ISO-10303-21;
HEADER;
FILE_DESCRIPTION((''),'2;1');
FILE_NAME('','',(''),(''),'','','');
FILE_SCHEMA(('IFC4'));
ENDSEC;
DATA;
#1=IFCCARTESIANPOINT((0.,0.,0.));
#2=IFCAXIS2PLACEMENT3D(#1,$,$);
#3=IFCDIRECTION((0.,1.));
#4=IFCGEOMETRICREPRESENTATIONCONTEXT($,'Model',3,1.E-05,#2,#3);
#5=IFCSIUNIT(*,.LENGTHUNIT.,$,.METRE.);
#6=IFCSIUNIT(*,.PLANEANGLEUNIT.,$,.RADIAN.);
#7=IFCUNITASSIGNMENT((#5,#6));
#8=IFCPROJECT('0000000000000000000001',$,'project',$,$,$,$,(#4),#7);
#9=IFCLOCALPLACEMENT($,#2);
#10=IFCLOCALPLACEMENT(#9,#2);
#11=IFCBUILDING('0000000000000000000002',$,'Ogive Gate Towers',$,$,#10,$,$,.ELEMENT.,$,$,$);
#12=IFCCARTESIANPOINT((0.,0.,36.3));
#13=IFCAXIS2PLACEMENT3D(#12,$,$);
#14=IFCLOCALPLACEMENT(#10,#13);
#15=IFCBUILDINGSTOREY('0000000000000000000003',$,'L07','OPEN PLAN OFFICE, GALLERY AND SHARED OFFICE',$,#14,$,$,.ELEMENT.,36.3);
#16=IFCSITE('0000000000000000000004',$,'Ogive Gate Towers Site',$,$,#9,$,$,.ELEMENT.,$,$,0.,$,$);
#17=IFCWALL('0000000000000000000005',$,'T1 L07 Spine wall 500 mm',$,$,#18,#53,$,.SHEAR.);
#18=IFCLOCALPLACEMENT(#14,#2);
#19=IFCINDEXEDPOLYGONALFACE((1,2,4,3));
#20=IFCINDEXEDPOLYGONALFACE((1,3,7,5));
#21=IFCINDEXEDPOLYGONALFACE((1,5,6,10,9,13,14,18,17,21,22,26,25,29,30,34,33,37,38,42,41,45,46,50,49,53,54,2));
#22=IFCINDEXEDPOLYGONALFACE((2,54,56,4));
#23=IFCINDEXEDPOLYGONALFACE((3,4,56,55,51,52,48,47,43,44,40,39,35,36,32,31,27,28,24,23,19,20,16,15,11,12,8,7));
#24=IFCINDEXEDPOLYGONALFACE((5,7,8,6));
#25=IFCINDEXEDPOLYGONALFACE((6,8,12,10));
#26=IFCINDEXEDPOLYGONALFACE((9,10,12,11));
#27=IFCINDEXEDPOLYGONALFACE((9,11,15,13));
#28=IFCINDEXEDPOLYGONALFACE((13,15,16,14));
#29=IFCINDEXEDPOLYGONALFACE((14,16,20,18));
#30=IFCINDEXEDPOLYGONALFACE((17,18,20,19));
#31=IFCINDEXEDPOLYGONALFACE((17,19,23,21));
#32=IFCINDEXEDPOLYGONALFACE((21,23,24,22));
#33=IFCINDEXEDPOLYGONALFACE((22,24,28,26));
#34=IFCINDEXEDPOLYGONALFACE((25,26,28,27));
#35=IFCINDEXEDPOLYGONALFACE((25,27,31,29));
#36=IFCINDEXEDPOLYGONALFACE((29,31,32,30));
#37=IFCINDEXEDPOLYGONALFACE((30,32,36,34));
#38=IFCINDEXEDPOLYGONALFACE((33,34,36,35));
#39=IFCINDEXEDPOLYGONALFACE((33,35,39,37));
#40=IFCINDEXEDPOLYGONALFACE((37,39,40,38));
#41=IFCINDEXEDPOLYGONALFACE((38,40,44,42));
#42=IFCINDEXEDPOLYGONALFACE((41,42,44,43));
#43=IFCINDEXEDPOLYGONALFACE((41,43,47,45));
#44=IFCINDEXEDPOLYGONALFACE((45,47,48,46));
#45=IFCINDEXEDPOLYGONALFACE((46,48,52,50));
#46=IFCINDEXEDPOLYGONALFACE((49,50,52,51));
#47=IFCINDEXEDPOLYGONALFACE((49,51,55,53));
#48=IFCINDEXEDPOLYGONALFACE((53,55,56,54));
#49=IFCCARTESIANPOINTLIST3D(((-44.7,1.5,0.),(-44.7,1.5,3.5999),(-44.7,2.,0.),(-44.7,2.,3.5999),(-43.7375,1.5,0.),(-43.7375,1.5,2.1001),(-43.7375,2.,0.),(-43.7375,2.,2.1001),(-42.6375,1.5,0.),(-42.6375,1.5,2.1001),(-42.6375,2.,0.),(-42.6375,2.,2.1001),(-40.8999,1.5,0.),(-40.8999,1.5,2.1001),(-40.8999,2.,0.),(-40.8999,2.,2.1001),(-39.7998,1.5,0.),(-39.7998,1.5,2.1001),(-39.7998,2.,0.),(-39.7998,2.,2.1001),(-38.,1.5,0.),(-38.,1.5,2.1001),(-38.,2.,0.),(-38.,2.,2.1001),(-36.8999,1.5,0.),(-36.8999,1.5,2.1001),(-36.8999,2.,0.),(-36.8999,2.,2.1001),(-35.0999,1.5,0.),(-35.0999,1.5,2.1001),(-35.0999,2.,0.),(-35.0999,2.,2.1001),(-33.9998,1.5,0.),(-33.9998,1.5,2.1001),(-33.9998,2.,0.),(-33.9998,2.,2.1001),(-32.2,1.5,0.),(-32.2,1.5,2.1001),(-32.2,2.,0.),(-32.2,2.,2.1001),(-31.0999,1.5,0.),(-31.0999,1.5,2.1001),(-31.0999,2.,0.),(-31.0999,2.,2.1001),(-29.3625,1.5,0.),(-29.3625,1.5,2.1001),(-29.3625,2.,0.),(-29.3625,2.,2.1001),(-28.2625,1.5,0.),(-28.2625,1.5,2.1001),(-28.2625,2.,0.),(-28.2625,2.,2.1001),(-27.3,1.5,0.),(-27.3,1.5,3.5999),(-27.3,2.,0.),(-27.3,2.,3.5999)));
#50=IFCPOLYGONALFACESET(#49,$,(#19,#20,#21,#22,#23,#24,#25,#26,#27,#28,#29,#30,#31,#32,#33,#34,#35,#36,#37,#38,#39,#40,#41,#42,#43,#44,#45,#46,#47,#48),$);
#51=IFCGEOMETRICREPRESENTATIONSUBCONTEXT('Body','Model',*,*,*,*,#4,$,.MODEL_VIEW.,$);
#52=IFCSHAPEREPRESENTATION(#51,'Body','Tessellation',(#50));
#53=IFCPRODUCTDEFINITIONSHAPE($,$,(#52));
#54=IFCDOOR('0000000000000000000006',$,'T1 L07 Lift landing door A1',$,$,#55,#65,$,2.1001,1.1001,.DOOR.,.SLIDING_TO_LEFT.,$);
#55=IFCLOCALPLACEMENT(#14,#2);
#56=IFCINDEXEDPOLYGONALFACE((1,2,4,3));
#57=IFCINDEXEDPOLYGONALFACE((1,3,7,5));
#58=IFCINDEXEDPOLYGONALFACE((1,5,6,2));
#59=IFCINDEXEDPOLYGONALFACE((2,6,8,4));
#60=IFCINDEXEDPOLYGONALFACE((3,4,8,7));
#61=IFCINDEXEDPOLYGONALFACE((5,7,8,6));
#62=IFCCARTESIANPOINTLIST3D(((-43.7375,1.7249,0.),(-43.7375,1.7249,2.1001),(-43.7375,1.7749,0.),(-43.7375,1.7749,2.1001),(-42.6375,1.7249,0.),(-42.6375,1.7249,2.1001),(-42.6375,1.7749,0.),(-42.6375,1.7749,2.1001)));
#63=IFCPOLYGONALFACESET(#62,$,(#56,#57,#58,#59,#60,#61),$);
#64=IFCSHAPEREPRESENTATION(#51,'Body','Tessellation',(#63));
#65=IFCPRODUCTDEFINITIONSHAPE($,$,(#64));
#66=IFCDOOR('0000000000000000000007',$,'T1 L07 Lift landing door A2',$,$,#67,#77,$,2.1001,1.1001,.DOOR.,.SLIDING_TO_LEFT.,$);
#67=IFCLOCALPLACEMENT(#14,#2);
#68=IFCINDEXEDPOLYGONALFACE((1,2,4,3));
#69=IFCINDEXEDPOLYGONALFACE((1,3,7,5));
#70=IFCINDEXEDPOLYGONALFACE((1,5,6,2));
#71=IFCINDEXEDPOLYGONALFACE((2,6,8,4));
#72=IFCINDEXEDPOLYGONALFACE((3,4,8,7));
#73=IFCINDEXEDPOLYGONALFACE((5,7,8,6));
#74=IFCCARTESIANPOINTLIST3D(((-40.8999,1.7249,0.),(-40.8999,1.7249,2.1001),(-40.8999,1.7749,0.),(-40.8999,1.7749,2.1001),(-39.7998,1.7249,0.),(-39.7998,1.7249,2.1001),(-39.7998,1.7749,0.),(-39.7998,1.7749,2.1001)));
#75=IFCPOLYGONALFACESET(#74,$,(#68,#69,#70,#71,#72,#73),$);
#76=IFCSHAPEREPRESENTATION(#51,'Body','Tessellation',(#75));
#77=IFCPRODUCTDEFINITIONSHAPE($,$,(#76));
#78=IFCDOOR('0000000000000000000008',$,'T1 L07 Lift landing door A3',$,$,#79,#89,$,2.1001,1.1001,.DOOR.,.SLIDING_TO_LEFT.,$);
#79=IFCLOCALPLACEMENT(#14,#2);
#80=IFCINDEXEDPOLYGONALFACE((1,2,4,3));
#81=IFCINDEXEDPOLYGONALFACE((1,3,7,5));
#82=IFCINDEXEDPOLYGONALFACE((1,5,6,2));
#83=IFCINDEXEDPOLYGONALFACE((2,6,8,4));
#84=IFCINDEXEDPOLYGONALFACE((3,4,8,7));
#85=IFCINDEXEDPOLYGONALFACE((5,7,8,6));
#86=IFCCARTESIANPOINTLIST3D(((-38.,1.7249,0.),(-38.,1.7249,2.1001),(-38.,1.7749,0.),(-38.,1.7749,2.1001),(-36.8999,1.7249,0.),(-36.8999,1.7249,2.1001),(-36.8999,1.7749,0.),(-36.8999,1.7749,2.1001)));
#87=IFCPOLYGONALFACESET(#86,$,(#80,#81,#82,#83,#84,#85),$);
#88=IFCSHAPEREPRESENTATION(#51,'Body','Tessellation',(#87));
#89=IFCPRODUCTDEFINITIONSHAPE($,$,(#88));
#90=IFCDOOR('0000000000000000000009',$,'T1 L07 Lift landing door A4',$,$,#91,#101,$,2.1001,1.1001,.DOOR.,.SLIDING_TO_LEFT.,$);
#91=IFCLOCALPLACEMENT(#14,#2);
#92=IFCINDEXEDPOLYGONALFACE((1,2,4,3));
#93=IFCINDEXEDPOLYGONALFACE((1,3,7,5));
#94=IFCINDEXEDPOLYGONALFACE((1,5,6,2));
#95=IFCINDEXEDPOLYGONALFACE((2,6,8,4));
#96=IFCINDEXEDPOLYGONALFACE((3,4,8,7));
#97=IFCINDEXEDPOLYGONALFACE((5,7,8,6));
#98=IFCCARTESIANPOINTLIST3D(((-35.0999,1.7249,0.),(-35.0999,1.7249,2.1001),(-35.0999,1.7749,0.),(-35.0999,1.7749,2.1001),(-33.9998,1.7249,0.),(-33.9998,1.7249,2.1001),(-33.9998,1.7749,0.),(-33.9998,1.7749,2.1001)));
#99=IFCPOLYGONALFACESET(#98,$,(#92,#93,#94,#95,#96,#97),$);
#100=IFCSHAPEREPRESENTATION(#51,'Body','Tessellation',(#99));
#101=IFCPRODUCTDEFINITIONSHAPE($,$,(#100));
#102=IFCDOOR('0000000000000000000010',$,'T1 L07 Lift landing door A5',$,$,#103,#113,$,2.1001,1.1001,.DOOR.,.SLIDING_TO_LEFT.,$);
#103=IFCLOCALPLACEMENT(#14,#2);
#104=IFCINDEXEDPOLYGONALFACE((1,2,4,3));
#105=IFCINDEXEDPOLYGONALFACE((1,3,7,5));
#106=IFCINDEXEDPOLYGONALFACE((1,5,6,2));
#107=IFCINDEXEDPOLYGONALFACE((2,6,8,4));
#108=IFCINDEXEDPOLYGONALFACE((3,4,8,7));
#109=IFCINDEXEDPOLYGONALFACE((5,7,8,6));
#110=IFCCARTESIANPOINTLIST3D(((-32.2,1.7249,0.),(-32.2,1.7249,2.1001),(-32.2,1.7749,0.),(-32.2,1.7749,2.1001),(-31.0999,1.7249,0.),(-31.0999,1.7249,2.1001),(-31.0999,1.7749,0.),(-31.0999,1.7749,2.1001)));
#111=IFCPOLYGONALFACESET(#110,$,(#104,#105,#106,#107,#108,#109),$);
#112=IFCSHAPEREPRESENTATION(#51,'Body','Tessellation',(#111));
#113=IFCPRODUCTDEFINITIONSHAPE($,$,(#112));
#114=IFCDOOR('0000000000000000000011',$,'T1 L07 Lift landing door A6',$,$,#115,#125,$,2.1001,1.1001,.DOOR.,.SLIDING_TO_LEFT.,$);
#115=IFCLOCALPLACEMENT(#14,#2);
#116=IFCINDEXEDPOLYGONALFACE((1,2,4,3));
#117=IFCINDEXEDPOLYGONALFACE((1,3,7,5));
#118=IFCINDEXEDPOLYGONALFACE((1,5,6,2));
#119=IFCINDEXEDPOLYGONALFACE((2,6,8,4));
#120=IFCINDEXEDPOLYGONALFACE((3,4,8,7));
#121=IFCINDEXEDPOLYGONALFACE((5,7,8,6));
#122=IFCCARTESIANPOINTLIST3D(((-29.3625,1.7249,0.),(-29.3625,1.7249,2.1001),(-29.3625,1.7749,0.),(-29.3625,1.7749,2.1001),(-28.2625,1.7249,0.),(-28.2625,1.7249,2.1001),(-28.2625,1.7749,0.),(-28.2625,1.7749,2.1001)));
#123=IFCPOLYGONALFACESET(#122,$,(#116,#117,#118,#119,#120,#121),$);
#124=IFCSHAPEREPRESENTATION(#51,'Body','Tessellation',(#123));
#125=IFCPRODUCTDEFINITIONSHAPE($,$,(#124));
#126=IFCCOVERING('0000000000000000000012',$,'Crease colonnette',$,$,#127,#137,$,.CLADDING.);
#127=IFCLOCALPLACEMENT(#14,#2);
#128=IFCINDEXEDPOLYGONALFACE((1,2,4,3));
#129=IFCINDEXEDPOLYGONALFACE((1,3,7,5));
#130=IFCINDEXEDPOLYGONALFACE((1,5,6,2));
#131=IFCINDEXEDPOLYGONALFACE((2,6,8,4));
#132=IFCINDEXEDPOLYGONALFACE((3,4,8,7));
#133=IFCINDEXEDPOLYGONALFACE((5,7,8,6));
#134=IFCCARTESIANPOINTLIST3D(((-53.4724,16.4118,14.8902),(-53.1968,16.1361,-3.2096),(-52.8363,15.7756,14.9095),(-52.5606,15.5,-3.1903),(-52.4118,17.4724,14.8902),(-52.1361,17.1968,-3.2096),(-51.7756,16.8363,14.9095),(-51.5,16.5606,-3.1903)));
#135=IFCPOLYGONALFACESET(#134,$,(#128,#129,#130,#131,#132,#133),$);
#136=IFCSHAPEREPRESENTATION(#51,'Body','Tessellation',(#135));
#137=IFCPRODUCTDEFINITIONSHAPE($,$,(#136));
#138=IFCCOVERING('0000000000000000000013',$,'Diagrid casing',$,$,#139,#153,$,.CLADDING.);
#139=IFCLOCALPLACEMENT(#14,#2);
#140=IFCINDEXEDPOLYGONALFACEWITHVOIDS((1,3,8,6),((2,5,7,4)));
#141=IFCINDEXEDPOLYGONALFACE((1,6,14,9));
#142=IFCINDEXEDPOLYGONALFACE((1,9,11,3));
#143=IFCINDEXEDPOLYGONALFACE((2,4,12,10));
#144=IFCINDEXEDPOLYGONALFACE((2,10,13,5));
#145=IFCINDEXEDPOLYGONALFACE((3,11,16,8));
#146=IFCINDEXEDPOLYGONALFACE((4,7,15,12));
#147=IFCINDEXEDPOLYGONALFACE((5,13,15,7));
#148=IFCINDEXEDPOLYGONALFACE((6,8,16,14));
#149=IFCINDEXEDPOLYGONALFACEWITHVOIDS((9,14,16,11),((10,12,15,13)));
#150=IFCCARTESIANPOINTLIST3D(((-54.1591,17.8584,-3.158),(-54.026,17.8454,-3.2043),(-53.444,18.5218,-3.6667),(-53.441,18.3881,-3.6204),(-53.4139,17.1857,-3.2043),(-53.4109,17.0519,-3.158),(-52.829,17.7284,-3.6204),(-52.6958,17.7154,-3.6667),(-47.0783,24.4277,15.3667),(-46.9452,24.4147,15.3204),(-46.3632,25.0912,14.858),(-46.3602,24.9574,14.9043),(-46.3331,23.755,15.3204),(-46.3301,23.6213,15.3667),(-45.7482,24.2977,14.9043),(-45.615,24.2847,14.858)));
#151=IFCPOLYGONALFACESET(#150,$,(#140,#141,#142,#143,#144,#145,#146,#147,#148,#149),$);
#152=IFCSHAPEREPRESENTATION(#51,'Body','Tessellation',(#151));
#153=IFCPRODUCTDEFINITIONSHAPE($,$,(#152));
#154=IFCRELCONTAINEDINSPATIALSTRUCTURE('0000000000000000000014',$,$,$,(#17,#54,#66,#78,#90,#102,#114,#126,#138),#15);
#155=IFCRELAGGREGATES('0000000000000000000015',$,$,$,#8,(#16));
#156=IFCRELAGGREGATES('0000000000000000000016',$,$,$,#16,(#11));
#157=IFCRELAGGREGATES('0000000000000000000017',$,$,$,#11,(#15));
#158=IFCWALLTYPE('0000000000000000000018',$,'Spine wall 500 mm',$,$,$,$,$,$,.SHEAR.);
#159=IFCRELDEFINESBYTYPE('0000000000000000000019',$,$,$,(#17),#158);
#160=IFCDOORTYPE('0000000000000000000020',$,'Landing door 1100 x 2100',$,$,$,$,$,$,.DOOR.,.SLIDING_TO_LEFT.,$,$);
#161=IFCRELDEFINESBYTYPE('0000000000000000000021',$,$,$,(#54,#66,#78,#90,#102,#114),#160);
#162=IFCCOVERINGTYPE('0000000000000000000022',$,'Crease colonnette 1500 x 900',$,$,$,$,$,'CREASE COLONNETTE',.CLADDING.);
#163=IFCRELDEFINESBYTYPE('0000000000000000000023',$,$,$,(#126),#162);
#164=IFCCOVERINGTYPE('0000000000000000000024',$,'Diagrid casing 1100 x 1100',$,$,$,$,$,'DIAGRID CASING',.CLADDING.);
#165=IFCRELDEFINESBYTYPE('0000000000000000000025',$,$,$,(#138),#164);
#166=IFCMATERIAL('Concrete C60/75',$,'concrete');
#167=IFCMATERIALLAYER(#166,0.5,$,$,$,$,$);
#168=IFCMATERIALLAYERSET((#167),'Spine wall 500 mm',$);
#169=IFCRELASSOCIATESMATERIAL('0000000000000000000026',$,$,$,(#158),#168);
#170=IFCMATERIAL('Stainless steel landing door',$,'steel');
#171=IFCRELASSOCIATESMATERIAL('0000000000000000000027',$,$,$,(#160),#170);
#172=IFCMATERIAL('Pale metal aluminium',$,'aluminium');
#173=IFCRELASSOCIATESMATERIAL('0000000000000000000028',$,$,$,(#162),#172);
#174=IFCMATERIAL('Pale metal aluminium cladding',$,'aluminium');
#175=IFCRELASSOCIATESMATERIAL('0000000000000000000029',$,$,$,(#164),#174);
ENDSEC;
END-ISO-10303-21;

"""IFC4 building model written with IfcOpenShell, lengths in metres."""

from ifc_helpers import new_model, si_unit, direction, frame, frame_2d, origin, origin_2d, place, context, subcontext, project, spatial, rectangle, hollow_rectangle, extrude, material, layer, layer_set, material_profile, profile_set, type_object, element, fill, save


model = new_model("IFC4")

# Units and contexts
model_context = context("Model", 3, precision=1e-05, world=origin(), true_north=direction((0.0, 1.0)))
body_context = subcontext(model_context, "Body", "Model", "MODEL_VIEW")
ifc_project = project(units=[si_unit("LENGTHUNIT", "METRE"), si_unit("PLANEANGLEUNIT", "RADIAN")], contexts=[model_context])

# Site, building, storey
site_placement = place(None, origin())
site = spatial("IfcSite", under=ifc_project, at=site_placement, Name="Ogive Gate Towers Site", CompositionType="ELEMENT", RefElevation=0.0)
building_placement = place(site_placement, origin())
building = spatial("IfcBuilding", under=site, at=building_placement, Name="Ogive Gate Towers", CompositionType="ELEMENT")
storey_placement = place(building_placement, frame((0.0, 0.0, 36.3)))
storey = spatial("IfcBuildingStorey", under=building, at=storey_placement, Name="L07", Description="OPEN PLAN OFFICE, GALLERY AND SHARED OFFICE", CompositionType="ELEMENT", Elevation=36.3)

# Shared definitions
ifc_material_1 = material(Name="Concrete C60/75", Category="concrete")

# Wall, openings, doors
ifc_layer_1 = layer(ifc_material_1, 0.5)
ifc_layer_set_1 = layer_set([ifc_layer_1], Name="Spine wall 500 mm")
wall_type_1 = type_object("IfcWallType", Name="Spine wall 500 mm", PredefinedType="SHEAR", material=ifc_layer_set_1)
wall_1_placement = place(storey_placement, frame((-44.7, 1.75, 0.0), z_axis=(0.0, 0.0, 1.0), x_axis=(1.0, 0.0, 0.0)))
wall_1 = element("IfcWall", 1, at=wall_1_placement, inside=storey, type_object=wall_type_1, Name="T1 L07 Spine wall 500 mm", PredefinedType="SHEAR", context=body_context, shape_type="SweptSolid", body=[
    extrude(rectangle(XDim=17.3999, YDim=0.5, at=frame_2d((8.7, 0.0))), origin(), (0.0, 0.0, 1.0), 3.5999),
])
opening_1_placement = place(wall_1_placement, frame((0.9624, 0.0, 0.0)))
opening_1 = element("IfcOpeningElement", 2, at=opening_1_placement, cuts=wall_1, PredefinedType="OPENING", context=body_context, shape_type="SweptSolid", body=[
    extrude(rectangle(XDim=1.1001, YDim=2.1001, at=frame_2d((0.55, 1.05))), frame((0.0, 0.26, 0.0), z_axis=(0.0, -1.0, 0.0), x_axis=(1.0, 0.0, 0.0)), (0.0, 0.0, 1.0), 0.52),
])
opening_2_placement = place(wall_1_placement, frame((3.8, 0.0, 0.0)))
opening_2 = element("IfcOpeningElement", 3, at=opening_2_placement, cuts=wall_1, PredefinedType="OPENING", context=body_context, shape_type="SweptSolid", body=[
    extrude(rectangle(XDim=1.1001, YDim=2.1001, at=frame_2d((0.55, 1.05))), frame((0.0, 0.26, 0.0), z_axis=(0.0, -1.0, 0.0), x_axis=(1.0, 0.0, 0.0)), (0.0, 0.0, 1.0), 0.52),
])
opening_3_placement = place(wall_1_placement, frame((6.7, 0.0, 0.0)))
opening_3 = element("IfcOpeningElement", 4, at=opening_3_placement, cuts=wall_1, PredefinedType="OPENING", context=body_context, shape_type="SweptSolid", body=[
    extrude(rectangle(XDim=1.1001, YDim=2.1001, at=frame_2d((0.55, 1.05))), frame((0.0, 0.26, 0.0), z_axis=(0.0, -1.0, 0.0), x_axis=(1.0, 0.0, 0.0)), (0.0, 0.0, 1.0), 0.52),
])
opening_4_placement = place(wall_1_placement, frame((9.6001, 0.0, 0.0)))
opening_4 = element("IfcOpeningElement", 5, at=opening_4_placement, cuts=wall_1, PredefinedType="OPENING", context=body_context, shape_type="SweptSolid", body=[
    extrude(rectangle(XDim=1.1001, YDim=2.1001, at=frame_2d((0.55, 1.05))), frame((0.0, 0.26, 0.0), z_axis=(0.0, -1.0, 0.0), x_axis=(1.0, 0.0, 0.0)), (0.0, 0.0, 1.0), 0.52),
])
opening_5_placement = place(wall_1_placement, frame((12.5, 0.0, 0.0)))
opening_5 = element("IfcOpeningElement", 6, at=opening_5_placement, cuts=wall_1, PredefinedType="OPENING", context=body_context, shape_type="SweptSolid", body=[
    extrude(rectangle(XDim=1.1001, YDim=2.1001, at=frame_2d((0.55, 1.05))), frame((0.0, 0.26, 0.0), z_axis=(0.0, -1.0, 0.0), x_axis=(1.0, 0.0, 0.0)), (0.0, 0.0, 1.0), 0.52),
])
opening_6_placement = place(wall_1_placement, frame((15.3374, 0.0, 0.0)))
opening_6 = element("IfcOpeningElement", 7, at=opening_6_placement, cuts=wall_1, PredefinedType="OPENING", context=body_context, shape_type="SweptSolid", body=[
    extrude(rectangle(XDim=1.1001, YDim=2.1001, at=frame_2d((0.55, 1.05))), frame((0.0, 0.26, 0.0), z_axis=(0.0, -1.0, 0.0), x_axis=(1.0, 0.0, 0.0)), (0.0, 0.0, 1.0), 0.52),
])
ifc_material_2 = material(Name="Stainless steel landing door", Category="steel")
door_type_1 = type_object("IfcDoorType", Name="Landing door 1100 x 2100", OperationType="SLIDING_TO_LEFT", PredefinedType="DOOR", material=ifc_material_2)
door_1_placement = place(opening_1_placement, origin())
door_1 = element("IfcDoor", 8, at=door_1_placement, inside=storey, type_object=door_type_1, Name="T1 L07 Lift landing door A1", OperationType="SLIDING_TO_LEFT", OverallHeight=2.1001, OverallWidth=1.1001, PredefinedType="DOOR", context=body_context, shape_type="SweptSolid", body=[
    extrude(rectangle(XDim=1.1001, YDim=2.1001, at=frame_2d((0.55, 1.05))), frame((0.0, 0.0249, 0.0), z_axis=(0.0, -1.0, 0.0), x_axis=(1.0, 0.0, 0.0)), (0.0, 0.0, 1.0), 0.05),
])
fill(opening_1, door_1)
door_2_placement = place(opening_2_placement, origin())
door_2 = element("IfcDoor", 9, at=door_2_placement, inside=storey, type_object=door_type_1, Name="T1 L07 Lift landing door A2", OperationType="SLIDING_TO_LEFT", OverallHeight=2.1001, OverallWidth=1.1001, PredefinedType="DOOR", context=body_context, shape_type="SweptSolid", body=[
    extrude(rectangle(XDim=1.1001, YDim=2.1001, at=frame_2d((0.55, 1.05))), frame((0.0, 0.0249, 0.0), z_axis=(0.0, -1.0, 0.0), x_axis=(1.0, 0.0, 0.0)), (0.0, 0.0, 1.0), 0.05),
])
fill(opening_2, door_2)
door_3_placement = place(opening_3_placement, origin())
door_3 = element("IfcDoor", 10, at=door_3_placement, inside=storey, type_object=door_type_1, Name="T1 L07 Lift landing door A3", OperationType="SLIDING_TO_LEFT", OverallHeight=2.1001, OverallWidth=1.1001, PredefinedType="DOOR", context=body_context, shape_type="SweptSolid", body=[
    extrude(rectangle(XDim=1.1001, YDim=2.1001, at=frame_2d((0.55, 1.05))), frame((0.0, 0.0249, 0.0), z_axis=(0.0, -1.0, 0.0), x_axis=(1.0, 0.0, 0.0)), (0.0, 0.0, 1.0), 0.05),
])
fill(opening_3, door_3)
door_4_placement = place(opening_4_placement, origin())
door_4 = element("IfcDoor", 11, at=door_4_placement, inside=storey, type_object=door_type_1, Name="T1 L07 Lift landing door A4", OperationType="SLIDING_TO_LEFT", OverallHeight=2.1001, OverallWidth=1.1001, PredefinedType="DOOR", context=body_context, shape_type="SweptSolid", body=[
    extrude(rectangle(XDim=1.1001, YDim=2.1001, at=frame_2d((0.55, 1.05))), frame((0.0, 0.0249, 0.0), z_axis=(0.0, -1.0, 0.0), x_axis=(1.0, 0.0, 0.0)), (0.0, 0.0, 1.0), 0.05),
])
fill(opening_4, door_4)
door_5_placement = place(opening_5_placement, origin())
door_5 = element("IfcDoor", 12, at=door_5_placement, inside=storey, type_object=door_type_1, Name="T1 L07 Lift landing door A5", OperationType="SLIDING_TO_LEFT", OverallHeight=2.1001, OverallWidth=1.1001, PredefinedType="DOOR", context=body_context, shape_type="SweptSolid", body=[
    extrude(rectangle(XDim=1.1001, YDim=2.1001, at=frame_2d((0.55, 1.05))), frame((0.0, 0.0249, 0.0), z_axis=(0.0, -1.0, 0.0), x_axis=(1.0, 0.0, 0.0)), (0.0, 0.0, 1.0), 0.05),
])
fill(opening_5, door_5)
door_6_placement = place(opening_6_placement, origin())
door_6 = element("IfcDoor", 13, at=door_6_placement, inside=storey, type_object=door_type_1, Name="T1 L07 Lift landing door A6", OperationType="SLIDING_TO_LEFT", OverallHeight=2.1001, OverallWidth=1.1001, PredefinedType="DOOR", context=body_context, shape_type="SweptSolid", body=[
    extrude(rectangle(XDim=1.1001, YDim=2.1001, at=frame_2d((0.55, 1.05))), frame((0.0, 0.0249, 0.0), z_axis=(0.0, -1.0, 0.0), x_axis=(1.0, 0.0, 0.0)), (0.0, 0.0, 1.0), 0.05),
])
fill(opening_6, door_6)

# Coverings
ifc_material_3 = material(Name="Pale metal aluminium", Category="aluminium")
ifc_material_profile_1 = material_profile(ifc_material_3, rectangle(XDim=1.5, YDim=0.8999, at=origin_2d()), Name="1500 x 900 pale metal aluminium")
ifc_profile_set_1 = profile_set([ifc_material_profile_1], Name="Pale metal aluminium")
covering_type_1 = type_object("IfcCoveringType", Name="Crease colonnette 1500 x 900", ElementType="CREASE COLONNETTE", PredefinedType="CLADDING", material=ifc_profile_set_1)
covering_1_placement = place(storey_placement, frame((-52.3484, 16.3484, -3.2), z_axis=(-0.015225, 0.015225, 0.999768), x_axis=(-0.707107, -0.707107, 0.0)))
element("IfcCovering", 14, at=covering_1_placement, inside=storey, type_object=covering_type_1, Name="Crease colonnette", PredefinedType="CLADDING", context=body_context, shape_type="SweptSolid", body=[
    extrude(rectangle(XDim=1.5, YDim=0.8999, at=origin_2d()), origin(), (0.0, 0.0, 1.0), 18.104),
])
ifc_material_4 = material(Name="Pale metal aluminium cladding", Category="aluminium")
ifc_material_profile_2 = material_profile(ifc_material_4, hollow_rectangle(XDim=1.1001, YDim=1.1001, WallThickness=0.1001, at=origin_2d()), Name="1100 x 1100 pale metal casing")
ifc_profile_set_2 = profile_set([ifc_material_profile_2], Name="Pale metal aluminium cladding")
covering_type_2 = type_object("IfcCoveringType", Name="Diagrid casing 1100 x 1100", ElementType="DIAGRID CASING", PredefinedType="CLADDING", material=ifc_profile_set_2)
for number, where, z_axis, x_axis, name in (
    (15, (-53.4275, 17.7869, -3.4124), (0.338932, 0.314449, 0.886706), (-0.680134, 0.733088, 0.0), "Diagrid casing"),
):
    element("IfcCovering", number, at=place(storey_placement, frame(where, z_axis=z_axis, x_axis=x_axis)), inside=storey, type_object=covering_type_2, Name=name, PredefinedType="CLADDING", context=body_context, shape_type="SweptSolid", body=[
        extrude(hollow_rectangle(XDim=1.1001, YDim=1.1001, WallThickness=0.1001, at=origin_2d()), origin(), (0.0, 0.0, 1.0), 20.8916),
    ])

save(model, "model.ifc")
